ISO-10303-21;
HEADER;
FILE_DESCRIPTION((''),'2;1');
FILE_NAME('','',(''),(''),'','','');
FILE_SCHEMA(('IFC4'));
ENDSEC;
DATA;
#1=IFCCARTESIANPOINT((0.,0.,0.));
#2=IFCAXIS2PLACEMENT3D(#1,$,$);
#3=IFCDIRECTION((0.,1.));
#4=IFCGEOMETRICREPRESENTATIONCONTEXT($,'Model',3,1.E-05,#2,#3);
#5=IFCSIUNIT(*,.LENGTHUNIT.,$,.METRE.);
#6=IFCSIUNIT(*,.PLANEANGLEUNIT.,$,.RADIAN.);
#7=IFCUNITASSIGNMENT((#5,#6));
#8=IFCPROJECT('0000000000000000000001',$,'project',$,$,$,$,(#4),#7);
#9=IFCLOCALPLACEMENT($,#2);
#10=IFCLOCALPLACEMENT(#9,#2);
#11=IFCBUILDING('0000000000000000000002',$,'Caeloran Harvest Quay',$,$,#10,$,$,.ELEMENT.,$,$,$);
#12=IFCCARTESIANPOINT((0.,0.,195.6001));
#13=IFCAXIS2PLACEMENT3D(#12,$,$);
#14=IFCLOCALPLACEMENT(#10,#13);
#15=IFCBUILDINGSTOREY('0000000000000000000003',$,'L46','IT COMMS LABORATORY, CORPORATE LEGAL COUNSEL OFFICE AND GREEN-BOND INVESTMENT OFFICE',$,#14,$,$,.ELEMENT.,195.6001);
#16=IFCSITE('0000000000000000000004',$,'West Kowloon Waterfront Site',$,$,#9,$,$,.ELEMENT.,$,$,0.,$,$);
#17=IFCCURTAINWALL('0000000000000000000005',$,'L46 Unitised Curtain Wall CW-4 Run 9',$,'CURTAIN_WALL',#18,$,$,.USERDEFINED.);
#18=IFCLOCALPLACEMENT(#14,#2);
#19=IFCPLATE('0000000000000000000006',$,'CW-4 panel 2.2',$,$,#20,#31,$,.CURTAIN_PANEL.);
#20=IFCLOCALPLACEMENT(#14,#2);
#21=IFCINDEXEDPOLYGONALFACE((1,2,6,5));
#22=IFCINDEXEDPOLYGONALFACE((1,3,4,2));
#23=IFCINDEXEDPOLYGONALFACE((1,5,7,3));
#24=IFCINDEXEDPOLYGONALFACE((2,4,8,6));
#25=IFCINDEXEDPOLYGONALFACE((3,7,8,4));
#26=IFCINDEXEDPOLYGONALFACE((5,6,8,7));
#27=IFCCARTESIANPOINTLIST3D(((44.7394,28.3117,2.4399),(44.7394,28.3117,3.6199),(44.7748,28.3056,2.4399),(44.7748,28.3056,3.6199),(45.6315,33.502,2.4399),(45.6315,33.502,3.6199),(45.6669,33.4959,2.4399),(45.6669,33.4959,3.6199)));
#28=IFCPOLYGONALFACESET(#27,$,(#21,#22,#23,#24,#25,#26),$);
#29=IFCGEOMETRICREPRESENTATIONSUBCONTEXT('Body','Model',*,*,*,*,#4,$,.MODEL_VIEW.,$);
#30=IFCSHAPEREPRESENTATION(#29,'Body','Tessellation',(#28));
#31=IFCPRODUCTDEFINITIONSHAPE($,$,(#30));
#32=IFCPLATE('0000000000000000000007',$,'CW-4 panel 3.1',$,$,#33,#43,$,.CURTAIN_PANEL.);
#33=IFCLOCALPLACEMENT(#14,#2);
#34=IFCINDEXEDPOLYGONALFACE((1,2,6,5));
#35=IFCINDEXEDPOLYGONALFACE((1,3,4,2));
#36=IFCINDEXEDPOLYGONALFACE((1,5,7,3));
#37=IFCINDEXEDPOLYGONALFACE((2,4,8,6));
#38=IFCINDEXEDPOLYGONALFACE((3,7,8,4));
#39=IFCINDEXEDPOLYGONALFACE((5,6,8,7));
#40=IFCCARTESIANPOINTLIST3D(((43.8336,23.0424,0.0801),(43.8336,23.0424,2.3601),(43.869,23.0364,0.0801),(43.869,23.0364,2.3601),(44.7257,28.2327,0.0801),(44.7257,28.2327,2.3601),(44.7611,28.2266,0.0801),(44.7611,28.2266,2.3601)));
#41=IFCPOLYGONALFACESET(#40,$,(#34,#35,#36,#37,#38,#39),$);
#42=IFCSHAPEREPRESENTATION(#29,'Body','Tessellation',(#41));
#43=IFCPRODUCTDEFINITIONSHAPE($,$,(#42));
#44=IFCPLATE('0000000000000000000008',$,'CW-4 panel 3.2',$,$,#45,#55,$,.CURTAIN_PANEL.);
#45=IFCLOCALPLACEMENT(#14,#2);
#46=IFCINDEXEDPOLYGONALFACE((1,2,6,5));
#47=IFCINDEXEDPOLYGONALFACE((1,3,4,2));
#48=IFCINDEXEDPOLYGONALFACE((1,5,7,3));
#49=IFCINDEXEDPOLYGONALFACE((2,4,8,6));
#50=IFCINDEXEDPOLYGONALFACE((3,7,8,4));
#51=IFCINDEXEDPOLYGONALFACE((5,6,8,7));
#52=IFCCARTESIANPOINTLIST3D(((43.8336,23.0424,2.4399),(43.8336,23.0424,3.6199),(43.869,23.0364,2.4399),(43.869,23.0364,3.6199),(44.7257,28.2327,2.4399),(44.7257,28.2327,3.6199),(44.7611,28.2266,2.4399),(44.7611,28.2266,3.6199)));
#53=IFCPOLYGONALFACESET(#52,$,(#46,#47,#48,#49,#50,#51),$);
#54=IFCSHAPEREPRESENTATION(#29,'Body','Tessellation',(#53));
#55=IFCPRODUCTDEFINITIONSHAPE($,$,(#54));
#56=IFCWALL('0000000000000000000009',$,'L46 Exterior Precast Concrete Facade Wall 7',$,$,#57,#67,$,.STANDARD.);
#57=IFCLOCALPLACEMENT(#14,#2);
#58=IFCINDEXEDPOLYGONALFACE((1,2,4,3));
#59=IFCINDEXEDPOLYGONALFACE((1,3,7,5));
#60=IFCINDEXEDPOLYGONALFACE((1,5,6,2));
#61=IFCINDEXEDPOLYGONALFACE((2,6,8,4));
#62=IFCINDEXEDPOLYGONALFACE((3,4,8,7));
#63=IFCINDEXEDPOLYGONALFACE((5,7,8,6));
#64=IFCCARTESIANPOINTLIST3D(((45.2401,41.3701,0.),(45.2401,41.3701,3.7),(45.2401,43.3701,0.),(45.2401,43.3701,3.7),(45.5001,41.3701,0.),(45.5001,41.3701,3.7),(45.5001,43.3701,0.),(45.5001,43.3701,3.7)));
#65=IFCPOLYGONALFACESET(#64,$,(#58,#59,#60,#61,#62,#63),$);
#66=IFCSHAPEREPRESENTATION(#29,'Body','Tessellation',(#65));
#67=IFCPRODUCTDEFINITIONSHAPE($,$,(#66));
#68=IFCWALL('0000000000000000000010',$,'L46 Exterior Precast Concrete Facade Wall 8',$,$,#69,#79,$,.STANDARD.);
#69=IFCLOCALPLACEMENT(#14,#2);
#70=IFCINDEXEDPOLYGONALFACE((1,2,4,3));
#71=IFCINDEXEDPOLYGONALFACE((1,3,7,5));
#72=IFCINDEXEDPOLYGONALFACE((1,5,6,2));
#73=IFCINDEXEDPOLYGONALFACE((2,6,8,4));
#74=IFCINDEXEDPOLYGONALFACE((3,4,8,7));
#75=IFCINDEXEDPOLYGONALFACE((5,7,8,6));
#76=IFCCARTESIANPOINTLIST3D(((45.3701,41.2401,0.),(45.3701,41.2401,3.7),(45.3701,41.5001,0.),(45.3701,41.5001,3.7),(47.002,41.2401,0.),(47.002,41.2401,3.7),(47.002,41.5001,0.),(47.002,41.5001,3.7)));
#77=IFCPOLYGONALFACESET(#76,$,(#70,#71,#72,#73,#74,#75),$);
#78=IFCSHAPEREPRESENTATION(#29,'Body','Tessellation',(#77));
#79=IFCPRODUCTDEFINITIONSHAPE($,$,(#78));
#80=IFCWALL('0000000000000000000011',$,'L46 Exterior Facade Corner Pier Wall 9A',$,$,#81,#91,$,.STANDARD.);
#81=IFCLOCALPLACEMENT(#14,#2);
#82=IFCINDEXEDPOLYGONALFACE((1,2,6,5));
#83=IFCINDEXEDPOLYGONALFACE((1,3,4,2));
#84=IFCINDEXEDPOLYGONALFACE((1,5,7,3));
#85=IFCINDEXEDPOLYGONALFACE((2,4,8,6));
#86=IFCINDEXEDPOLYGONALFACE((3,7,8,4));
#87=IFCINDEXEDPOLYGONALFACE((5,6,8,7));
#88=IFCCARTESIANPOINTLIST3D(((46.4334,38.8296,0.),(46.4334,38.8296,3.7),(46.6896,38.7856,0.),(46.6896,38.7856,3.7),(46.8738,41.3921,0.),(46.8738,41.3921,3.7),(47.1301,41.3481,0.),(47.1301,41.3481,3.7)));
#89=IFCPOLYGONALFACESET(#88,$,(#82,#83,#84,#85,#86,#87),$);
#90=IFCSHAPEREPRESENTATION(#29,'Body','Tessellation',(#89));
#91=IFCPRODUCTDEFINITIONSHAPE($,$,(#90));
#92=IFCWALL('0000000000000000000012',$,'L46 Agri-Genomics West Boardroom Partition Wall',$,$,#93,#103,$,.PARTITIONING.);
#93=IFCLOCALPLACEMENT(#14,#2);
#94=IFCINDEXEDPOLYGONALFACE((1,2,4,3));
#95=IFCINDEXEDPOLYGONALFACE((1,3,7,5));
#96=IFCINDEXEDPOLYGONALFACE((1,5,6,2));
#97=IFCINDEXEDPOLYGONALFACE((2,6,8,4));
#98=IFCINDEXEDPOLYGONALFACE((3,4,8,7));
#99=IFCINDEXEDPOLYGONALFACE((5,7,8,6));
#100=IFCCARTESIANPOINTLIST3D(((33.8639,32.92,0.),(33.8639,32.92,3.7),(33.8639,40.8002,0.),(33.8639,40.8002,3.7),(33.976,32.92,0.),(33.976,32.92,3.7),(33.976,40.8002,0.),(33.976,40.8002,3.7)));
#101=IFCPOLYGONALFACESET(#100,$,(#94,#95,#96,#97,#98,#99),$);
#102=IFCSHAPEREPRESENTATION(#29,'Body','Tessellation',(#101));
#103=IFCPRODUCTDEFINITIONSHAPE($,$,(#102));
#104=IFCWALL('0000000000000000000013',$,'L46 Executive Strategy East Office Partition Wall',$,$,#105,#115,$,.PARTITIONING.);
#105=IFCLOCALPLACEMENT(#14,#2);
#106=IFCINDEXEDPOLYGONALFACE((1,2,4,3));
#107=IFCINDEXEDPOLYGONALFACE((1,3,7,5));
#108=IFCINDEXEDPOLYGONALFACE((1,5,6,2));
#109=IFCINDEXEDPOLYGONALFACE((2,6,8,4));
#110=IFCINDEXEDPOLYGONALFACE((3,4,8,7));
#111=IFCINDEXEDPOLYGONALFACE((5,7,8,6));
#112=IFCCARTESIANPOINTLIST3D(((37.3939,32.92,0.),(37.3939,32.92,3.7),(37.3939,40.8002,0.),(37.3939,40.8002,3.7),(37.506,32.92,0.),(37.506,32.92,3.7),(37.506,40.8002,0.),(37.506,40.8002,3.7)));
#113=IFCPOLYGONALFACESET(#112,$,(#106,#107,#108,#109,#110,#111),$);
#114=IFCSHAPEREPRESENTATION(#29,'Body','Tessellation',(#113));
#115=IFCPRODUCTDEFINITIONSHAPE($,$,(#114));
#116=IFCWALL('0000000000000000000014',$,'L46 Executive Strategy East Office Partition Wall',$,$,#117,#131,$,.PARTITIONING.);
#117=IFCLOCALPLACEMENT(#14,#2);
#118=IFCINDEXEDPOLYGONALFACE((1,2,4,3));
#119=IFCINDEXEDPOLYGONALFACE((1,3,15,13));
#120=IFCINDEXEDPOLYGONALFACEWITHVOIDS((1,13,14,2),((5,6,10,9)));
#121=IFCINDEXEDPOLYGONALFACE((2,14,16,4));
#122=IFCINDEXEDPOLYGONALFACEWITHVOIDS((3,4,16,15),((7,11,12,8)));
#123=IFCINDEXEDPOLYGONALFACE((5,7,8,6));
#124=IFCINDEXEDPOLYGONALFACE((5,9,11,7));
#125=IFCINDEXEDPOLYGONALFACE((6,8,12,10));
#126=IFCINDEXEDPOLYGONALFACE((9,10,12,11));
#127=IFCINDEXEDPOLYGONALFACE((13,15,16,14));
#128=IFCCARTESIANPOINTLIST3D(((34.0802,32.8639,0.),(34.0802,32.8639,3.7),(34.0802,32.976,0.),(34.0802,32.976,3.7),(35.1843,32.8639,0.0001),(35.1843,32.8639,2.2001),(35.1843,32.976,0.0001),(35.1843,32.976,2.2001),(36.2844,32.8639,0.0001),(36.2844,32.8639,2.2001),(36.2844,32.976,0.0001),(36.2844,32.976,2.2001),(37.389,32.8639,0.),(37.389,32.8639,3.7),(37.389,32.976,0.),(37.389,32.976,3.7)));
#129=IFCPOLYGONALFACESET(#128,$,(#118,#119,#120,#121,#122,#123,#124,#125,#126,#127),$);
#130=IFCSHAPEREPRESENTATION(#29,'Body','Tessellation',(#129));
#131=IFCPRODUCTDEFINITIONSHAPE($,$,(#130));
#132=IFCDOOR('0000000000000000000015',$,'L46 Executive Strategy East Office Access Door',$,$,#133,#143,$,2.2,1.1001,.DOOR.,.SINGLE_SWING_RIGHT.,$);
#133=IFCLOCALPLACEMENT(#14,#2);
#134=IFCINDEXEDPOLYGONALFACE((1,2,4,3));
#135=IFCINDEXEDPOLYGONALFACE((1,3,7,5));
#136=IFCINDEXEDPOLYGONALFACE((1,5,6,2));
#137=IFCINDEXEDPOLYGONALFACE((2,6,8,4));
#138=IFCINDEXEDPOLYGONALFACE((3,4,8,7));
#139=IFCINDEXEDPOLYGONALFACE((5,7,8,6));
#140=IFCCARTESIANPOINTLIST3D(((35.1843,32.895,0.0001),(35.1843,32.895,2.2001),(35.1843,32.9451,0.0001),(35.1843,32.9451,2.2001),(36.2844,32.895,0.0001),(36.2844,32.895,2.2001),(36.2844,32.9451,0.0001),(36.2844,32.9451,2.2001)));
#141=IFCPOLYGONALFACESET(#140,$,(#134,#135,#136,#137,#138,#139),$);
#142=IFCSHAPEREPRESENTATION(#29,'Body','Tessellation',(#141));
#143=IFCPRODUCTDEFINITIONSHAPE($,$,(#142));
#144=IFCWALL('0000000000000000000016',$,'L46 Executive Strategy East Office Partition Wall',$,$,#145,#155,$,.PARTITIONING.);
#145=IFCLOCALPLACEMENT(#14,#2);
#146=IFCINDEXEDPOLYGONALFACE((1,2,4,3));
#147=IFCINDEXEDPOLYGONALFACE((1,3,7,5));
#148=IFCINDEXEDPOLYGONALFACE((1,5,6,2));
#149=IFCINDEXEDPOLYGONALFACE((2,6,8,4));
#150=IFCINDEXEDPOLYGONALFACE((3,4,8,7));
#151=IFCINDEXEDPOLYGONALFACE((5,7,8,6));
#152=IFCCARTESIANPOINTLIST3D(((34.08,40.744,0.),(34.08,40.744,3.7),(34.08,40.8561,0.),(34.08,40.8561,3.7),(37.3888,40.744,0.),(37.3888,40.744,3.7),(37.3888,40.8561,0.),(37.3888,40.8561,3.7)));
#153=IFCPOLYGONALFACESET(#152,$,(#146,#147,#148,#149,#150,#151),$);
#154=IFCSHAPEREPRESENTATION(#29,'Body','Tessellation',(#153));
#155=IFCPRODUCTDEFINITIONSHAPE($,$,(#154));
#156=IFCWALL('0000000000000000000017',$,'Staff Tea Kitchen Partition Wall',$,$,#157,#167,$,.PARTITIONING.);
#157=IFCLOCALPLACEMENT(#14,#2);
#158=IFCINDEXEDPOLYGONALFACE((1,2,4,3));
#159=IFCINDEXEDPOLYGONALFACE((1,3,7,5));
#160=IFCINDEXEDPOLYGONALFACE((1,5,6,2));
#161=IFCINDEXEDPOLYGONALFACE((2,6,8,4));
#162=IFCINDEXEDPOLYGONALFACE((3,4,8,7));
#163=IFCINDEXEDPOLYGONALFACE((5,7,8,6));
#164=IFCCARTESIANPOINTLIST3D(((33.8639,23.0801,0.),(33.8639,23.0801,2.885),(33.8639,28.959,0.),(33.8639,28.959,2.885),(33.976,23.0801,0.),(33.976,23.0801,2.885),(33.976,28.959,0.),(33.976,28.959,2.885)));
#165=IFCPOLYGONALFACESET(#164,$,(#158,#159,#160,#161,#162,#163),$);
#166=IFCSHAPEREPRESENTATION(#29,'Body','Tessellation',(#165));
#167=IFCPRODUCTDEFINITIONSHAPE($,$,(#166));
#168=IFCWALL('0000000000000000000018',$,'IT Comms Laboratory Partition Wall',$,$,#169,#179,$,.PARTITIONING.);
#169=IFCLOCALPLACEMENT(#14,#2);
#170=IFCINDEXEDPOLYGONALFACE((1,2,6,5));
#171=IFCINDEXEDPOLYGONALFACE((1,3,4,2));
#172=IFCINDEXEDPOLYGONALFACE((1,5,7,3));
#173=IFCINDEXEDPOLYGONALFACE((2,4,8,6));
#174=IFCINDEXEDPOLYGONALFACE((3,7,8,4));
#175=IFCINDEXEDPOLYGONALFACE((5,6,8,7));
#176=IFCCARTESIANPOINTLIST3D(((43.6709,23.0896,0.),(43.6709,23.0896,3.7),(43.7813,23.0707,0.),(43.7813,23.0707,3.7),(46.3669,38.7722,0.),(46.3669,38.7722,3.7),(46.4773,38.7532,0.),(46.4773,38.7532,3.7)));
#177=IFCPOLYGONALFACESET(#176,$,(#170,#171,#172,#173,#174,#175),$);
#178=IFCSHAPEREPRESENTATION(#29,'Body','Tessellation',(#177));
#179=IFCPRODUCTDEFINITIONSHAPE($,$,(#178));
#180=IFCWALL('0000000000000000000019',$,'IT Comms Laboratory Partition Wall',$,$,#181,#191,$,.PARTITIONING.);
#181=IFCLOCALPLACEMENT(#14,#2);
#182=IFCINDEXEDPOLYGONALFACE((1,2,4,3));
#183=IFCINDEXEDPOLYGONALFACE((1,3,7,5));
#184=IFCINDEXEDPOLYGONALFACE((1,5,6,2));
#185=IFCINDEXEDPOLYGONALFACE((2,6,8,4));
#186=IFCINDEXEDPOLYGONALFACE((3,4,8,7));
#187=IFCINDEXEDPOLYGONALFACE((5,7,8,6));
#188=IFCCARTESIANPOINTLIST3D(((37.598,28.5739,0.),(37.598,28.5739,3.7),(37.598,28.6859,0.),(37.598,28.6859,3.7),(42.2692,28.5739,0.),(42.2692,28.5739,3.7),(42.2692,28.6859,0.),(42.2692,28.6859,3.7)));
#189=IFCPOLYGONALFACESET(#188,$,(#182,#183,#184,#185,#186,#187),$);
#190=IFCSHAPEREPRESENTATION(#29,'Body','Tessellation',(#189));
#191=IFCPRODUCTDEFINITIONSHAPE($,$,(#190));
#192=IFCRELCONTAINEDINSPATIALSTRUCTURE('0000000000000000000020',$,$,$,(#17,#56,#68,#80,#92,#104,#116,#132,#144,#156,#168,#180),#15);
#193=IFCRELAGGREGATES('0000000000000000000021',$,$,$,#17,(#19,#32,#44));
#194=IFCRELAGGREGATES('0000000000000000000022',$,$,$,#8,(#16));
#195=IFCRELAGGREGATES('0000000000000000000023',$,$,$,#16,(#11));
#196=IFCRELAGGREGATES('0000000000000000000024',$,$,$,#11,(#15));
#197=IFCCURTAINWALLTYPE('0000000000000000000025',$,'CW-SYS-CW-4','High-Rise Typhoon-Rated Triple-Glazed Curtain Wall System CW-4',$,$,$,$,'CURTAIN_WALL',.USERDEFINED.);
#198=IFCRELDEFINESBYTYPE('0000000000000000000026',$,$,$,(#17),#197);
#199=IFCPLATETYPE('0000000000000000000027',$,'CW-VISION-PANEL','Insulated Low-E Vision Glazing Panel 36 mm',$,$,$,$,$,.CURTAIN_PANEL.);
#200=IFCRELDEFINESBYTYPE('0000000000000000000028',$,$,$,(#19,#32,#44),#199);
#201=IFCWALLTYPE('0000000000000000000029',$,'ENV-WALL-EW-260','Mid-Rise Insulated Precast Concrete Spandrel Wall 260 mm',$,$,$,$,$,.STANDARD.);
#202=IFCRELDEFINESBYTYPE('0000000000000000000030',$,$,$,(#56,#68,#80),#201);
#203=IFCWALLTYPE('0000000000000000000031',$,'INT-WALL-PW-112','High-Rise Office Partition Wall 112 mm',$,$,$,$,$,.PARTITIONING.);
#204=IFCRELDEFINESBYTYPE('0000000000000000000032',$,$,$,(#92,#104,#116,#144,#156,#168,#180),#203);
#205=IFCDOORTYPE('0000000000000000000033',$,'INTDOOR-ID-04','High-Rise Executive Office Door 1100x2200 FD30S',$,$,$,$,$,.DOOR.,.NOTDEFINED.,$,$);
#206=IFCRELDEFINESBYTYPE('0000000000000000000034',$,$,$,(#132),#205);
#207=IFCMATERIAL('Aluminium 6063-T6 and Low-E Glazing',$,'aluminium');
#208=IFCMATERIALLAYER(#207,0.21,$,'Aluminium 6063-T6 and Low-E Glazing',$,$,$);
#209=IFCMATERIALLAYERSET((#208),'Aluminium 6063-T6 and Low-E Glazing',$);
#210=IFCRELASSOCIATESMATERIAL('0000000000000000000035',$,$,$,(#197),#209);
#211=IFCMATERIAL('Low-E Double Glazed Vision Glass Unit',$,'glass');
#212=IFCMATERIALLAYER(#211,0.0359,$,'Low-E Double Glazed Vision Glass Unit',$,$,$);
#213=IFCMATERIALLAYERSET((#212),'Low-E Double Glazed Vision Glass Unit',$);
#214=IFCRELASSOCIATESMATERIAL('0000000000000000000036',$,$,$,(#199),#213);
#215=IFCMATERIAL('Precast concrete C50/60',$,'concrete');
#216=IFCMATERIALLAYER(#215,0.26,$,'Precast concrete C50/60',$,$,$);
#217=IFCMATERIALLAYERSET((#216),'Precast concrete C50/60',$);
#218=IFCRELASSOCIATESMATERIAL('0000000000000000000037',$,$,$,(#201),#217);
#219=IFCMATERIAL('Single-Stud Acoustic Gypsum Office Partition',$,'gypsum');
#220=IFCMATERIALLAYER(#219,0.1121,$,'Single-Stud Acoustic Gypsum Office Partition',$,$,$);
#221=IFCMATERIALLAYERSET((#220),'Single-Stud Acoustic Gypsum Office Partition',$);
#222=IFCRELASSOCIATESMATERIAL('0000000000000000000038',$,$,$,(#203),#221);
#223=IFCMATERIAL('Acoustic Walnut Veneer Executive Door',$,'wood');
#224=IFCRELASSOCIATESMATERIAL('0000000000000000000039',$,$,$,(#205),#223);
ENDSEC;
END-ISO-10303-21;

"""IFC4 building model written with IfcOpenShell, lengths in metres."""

from ifc_helpers import new_model, si_unit, direction, frame, frame_2d, origin, origin_2d, place, context, subcontext, project, spatial, rectangle, extrude, material, layer, layer_set, type_object, element, fill, aggregate, save


model = new_model("IFC4")

# Units and contexts
model_context = context("Model", 3, precision=1e-05, world=origin(), true_north=direction((0.0, 1.0)))
body_context = subcontext(model_context, "Body", "Model", "MODEL_VIEW")
ifc_project = project(units=[si_unit("LENGTHUNIT", "METRE"), si_unit("PLANEANGLEUNIT", "RADIAN")], contexts=[model_context])

# Site, building, storey
site_placement = place(None, origin())
site = spatial("IfcSite", under=ifc_project, at=site_placement, Name="West Kowloon Waterfront Site", CompositionType="ELEMENT", RefElevation=0.0)
building_placement = place(site_placement, origin())
building = spatial("IfcBuilding", under=site, at=building_placement, Name="Caeloran Harvest Quay", CompositionType="ELEMENT")
storey_placement = place(building_placement, frame((0.0, 0.0, 195.6001)))
storey = spatial("IfcBuildingStorey", under=building, at=storey_placement, Name="L46", Description="IT COMMS LABORATORY, CORPORATE LEGAL COUNSEL OFFICE AND GREEN-BOND INVESTMENT OFFICE", CompositionType="ELEMENT", Elevation=195.6001)

# Curtain wall, plates
ifc_material_1 = material(Name="Aluminium 6063-T6 and Low-E Glazing", Category="aluminium")
ifc_layer_1 = layer(ifc_material_1, 0.21, Name="Aluminium 6063-T6 and Low-E Glazing")
ifc_layer_set_1 = layer_set([ifc_layer_1], Name="Aluminium 6063-T6 and Low-E Glazing")
curtain_wall_type = type_object("IfcCurtainWallType", Name="CW-SYS-CW-4", Description="High-Rise Typhoon-Rated Triple-Glazed Curtain Wall System CW-4", ElementType="CURTAIN_WALL", PredefinedType="USERDEFINED", material=ifc_layer_set_1)
curtain_wall_placement = place(storey_placement, origin())
curtain_wall = element("IfcCurtainWall", 1, at=curtain_wall_placement, inside=storey, type_object=curtain_wall_type, Name="L46 Unitised Curtain Wall CW-4 Run 9", ObjectType="CURTAIN_WALL", PredefinedType="USERDEFINED")
ifc_material_2 = material(Name="Low-E Double Glazed Vision Glass Unit", Category="glass")
ifc_layer_2 = layer(ifc_material_2, 0.0359, Name="Low-E Double Glazed Vision Glass Unit")
ifc_layer_set_2 = layer_set([ifc_layer_2], Name="Low-E Double Glazed Vision Glass Unit")
plate_type = type_object("IfcPlateType", Name="CW-VISION-PANEL", Description="Insulated Low-E Vision Glazing Panel 36 mm", PredefinedType="CURTAIN_PANEL", material=ifc_layer_set_2)
plate_1_placement = place(storey_placement, frame((45.2031, 30.9038, 2.4399), z_axis=(0.0, 0.0, 1.0), x_axis=(-0.169392, -0.985549, 0.0)))
plate_1 = element("IfcPlate", 2, at=plate_1_placement, type_object=plate_type, Name="CW-4 panel 2.2", PredefinedType="CURTAIN_PANEL", context=body_context, shape_type="SweptSolid", body=[
    extrude(rectangle(XDim=5.2664, YDim=0.0359, at=origin_2d()), origin(), (0.0, 0.0, 1.0), 1.1799),
])
plate_2_placement = place(storey_placement, frame((44.2974, 25.6345, 0.0801), z_axis=(0.0, 0.0, 1.0), x_axis=(-0.169392, -0.985549, 0.0)))
plate_2 = element("IfcPlate", 3, at=plate_2_placement, type_object=plate_type, Name="CW-4 panel 3.1", PredefinedType="CURTAIN_PANEL", context=body_context, shape_type="SweptSolid", body=[
    extrude(rectangle(XDim=5.2664, YDim=0.0359, at=origin_2d()), origin(), (0.0, 0.0, 1.0), 2.28),
])
plate_3_placement = place(storey_placement, frame((44.2974, 25.6345, 2.4399), z_axis=(0.0, 0.0, 1.0), x_axis=(-0.169392, -0.985549, 0.0)))
plate_3 = element("IfcPlate", 4, at=plate_3_placement, type_object=plate_type, Name="CW-4 panel 3.2", PredefinedType="CURTAIN_PANEL", context=body_context, shape_type="SweptSolid", body=[
    extrude(rectangle(XDim=5.2664, YDim=0.0359, at=origin_2d()), origin(), (0.0, 0.0, 1.0), 1.1799),
])
aggregate(curtain_wall, [plate_1, plate_2, plate_3])

# Walls
ifc_material_3 = material(Name="Precast concrete C50/60", Category="concrete")
ifc_layer_3 = layer(ifc_material_3, 0.26, Name="Precast concrete C50/60")
ifc_layer_set_3 = layer_set([ifc_layer_3], Name="Precast concrete C50/60")
wall_type_1 = type_object("IfcWallType", Name="ENV-WALL-EW-260", Description="Mid-Rise Insulated Precast Concrete Spandrel Wall 260 mm", PredefinedType="STANDARD", material=ifc_layer_set_3)
wall_1_placement = place(storey_placement, frame((45.3701, 43.3701, 0.0), z_axis=(0.0, 0.0, 1.0), x_axis=(0.0, -1.0, 0.0)))
element("IfcWall", 5, at=wall_1_placement, inside=storey, type_object=wall_type_1, Name="L46 Exterior Precast Concrete Facade Wall 7", PredefinedType="STANDARD", context=body_context, shape_type="SweptSolid", body=[
    extrude(rectangle(XDim=2.0, YDim=0.26, at=frame_2d((1.0, 0.0))), origin(), (0.0, 0.0, 1.0), 3.7),
])
wall_2_placement = place(storey_placement, frame((45.3701, 41.3701, 0.0), z_axis=(0.0, 0.0, 1.0), x_axis=(1.0, 0.0, 0.0)))
element("IfcWall", 6, at=wall_2_placement, inside=storey, type_object=wall_type_1, Name="L46 Exterior Precast Concrete Facade Wall 8", PredefinedType="STANDARD", context=body_context, shape_type="SweptSolid", body=[
    extrude(rectangle(XDim=1.6318, YDim=0.26, at=frame_2d((0.8159, 0.0))), origin(), (0.0, 0.0, 1.0), 3.7),
])
wall_3_placement = place(storey_placement, frame((47.002, 41.3701, 0.0), z_axis=(0.0, 0.0, 1.0), x_axis=(-0.169391, -0.985549, 0.0)))
element("IfcWall", 7, at=wall_3_placement, inside=storey, type_object=wall_type_1, Name="L46 Exterior Facade Corner Pier Wall 9A", PredefinedType="STANDARD", context=body_context, shape_type="SweptSolid", body=[
    extrude(rectangle(XDim=2.6001, YDim=0.26, at=frame_2d((1.3, 0.0))), origin(), (0.0, 0.0, 1.0), 3.7),
])
ifc_material_4 = material(Name="Single-Stud Acoustic Gypsum Office Partition", Category="gypsum")
ifc_layer_4 = layer(ifc_material_4, 0.1121, Name="Single-Stud Acoustic Gypsum Office Partition")
ifc_layer_set_4 = layer_set([ifc_layer_4], Name="Single-Stud Acoustic Gypsum Office Partition")
wall_type_2 = type_object("IfcWallType", Name="INT-WALL-PW-112", Description="High-Rise Office Partition Wall 112 mm", PredefinedType="PARTITIONING", material=ifc_layer_set_4)
for number, where, z_axis, x_axis, name in (
    (8, (33.9199, 40.8, 0.0), (0.0, 0.0, 1.0), (0.0, -1.0, 0.0), "L46 Agri-Genomics West Boardroom Partition Wall"),
    (9, (37.45, 40.8, 0.0), (0.0, 0.0, 1.0), (0.0, -1.0, 0.0), "L46 Executive Strategy East Office Partition Wall"),
):
    element("IfcWall", number, at=place(storey_placement, frame(where, z_axis=z_axis, x_axis=x_axis)), inside=storey, type_object=wall_type_2, Name=name, PredefinedType="PARTITIONING", context=body_context, shape_type="SweptSolid", body=[
        extrude(rectangle(XDim=7.8801, YDim=0.1121, at=frame_2d((3.9399, 0.0))), origin(), (0.0, 0.0, 1.0), 3.7),
    ])

# Wall, opening, door
wall_4_placement = place(storey_placement, frame((37.3889, 32.9199, 0.0), z_axis=(0.0, 0.0, 1.0), x_axis=(-1.0, 0.0, 0.0)))
wall_4 = element("IfcWall", 10, at=wall_4_placement, inside=storey, type_object=wall_type_2, Name="L46 Executive Strategy East Office Partition Wall", PredefinedType="PARTITIONING", context=body_context, shape_type="SweptSolid", body=[
    extrude(rectangle(XDim=3.3088, YDim=0.1121, at=frame_2d((1.6543, 0.0))), origin(), (0.0, 0.0, 1.0), 3.7),
])
opening_1_placement = place(wall_4_placement, frame((1.1045, 0.0, 0.0)))
opening_1 = element("IfcOpeningElement", 11, at=opening_1_placement, cuts=wall_4, PredefinedType="OPENING", context=body_context, shape_type="SweptSolid", body=[
    extrude(rectangle(XDim=1.1001, YDim=2.2, at=frame_2d((0.55, 1.1001))), frame((0.0, 0.0659, 0.0), z_axis=(0.0, -1.0, 0.0), x_axis=(1.0, 0.0, 0.0)), (0.0, 0.0, 1.0), 0.1321),
])
ifc_material_5 = material(Name="Acoustic Walnut Veneer Executive Door", Category="wood")
door_type = type_object("IfcDoorType", Name="INTDOOR-ID-04", Description="High-Rise Executive Office Door 1100x2200 FD30S", OperationType="NOTDEFINED", PredefinedType="DOOR", material=ifc_material_5)
door_1_placement = place(opening_1_placement, origin())
door_1 = element("IfcDoor", 12, at=door_1_placement, inside=storey, type_object=door_type, Name="L46 Executive Strategy East Office Access Door", OperationType="SINGLE_SWING_RIGHT", OverallHeight=2.2, OverallWidth=1.1001, PredefinedType="DOOR", context=body_context, shape_type="SweptSolid", body=[
    extrude(rectangle(XDim=1.1001, YDim=2.2, at=frame_2d((0.55, 1.1001))), frame((0.0, 0.0249, 0.0), z_axis=(0.0, -1.0, 0.0), x_axis=(1.0, 0.0, 0.0)), (0.0, 0.0, 1.0), 0.05),
])
fill(opening_1, door_1)

# Walls
wall_5_placement = place(storey_placement, frame((34.0801, 40.8, 0.0), z_axis=(0.0, 0.0, 1.0), x_axis=(1.0, 0.0, 0.0)))
element("IfcWall", 13, at=wall_5_placement, inside=storey, type_object=wall_type_2, Name="L46 Executive Strategy East Office Partition Wall", PredefinedType="PARTITIONING", context=body_context, shape_type="SweptSolid", body=[
    extrude(rectangle(XDim=3.3088, YDim=0.1121, at=frame_2d((1.6543, 0.0))), origin(), (0.0, 0.0, 1.0), 3.7),
])
wall_6_placement = place(storey_placement, frame((33.9199, 28.959, 0.0), z_axis=(0.0, 0.0, 1.0), x_axis=(0.0, -1.0, 0.0)))
element("IfcWall", 14, at=wall_6_placement, inside=storey, type_object=wall_type_2, Name="Staff Tea Kitchen Partition Wall", PredefinedType="PARTITIONING", context=body_context, shape_type="SweptSolid", body=[
    extrude(rectangle(XDim=5.8789, YDim=0.1121, at=frame_2d((2.9395, 0.0))), origin(), (0.0, 0.0, 1.0), 2.885),
])
wall_7_placement = place(storey_placement, frame((46.4221, 38.7627, 0.0), z_axis=(0.0, 0.0, 1.0), x_axis=(-0.169428, -0.985543, 0.0)))
element("IfcWall", 15, at=wall_7_placement, inside=storey, type_object=wall_type_2, Name="IT Comms Laboratory Partition Wall", PredefinedType="PARTITIONING", context=body_context, shape_type="SweptSolid", body=[
    extrude(rectangle(XDim=15.9126, YDim=0.1121, at=frame_2d((7.9563, 0.0))), origin(), (0.0, 0.0, 1.0), 3.7),
])
wall_8_placement = place(storey_placement, frame((42.269, 28.6299, 0.0), z_axis=(0.0, 0.0, 1.0), x_axis=(-1.0, 0.0, 0.0)))
element("IfcWall", 16, at=wall_8_placement, inside=storey, type_object=wall_type_2, Name="IT Comms Laboratory Partition Wall", PredefinedType="PARTITIONING", context=body_context, shape_type="SweptSolid", body=[
    extrude(rectangle(XDim=4.6711, YDim=0.1121, at=frame_2d((2.3354, 0.0))), origin(), (0.0, 0.0, 1.0), 3.7),
])

save(model, "model.ifc")
